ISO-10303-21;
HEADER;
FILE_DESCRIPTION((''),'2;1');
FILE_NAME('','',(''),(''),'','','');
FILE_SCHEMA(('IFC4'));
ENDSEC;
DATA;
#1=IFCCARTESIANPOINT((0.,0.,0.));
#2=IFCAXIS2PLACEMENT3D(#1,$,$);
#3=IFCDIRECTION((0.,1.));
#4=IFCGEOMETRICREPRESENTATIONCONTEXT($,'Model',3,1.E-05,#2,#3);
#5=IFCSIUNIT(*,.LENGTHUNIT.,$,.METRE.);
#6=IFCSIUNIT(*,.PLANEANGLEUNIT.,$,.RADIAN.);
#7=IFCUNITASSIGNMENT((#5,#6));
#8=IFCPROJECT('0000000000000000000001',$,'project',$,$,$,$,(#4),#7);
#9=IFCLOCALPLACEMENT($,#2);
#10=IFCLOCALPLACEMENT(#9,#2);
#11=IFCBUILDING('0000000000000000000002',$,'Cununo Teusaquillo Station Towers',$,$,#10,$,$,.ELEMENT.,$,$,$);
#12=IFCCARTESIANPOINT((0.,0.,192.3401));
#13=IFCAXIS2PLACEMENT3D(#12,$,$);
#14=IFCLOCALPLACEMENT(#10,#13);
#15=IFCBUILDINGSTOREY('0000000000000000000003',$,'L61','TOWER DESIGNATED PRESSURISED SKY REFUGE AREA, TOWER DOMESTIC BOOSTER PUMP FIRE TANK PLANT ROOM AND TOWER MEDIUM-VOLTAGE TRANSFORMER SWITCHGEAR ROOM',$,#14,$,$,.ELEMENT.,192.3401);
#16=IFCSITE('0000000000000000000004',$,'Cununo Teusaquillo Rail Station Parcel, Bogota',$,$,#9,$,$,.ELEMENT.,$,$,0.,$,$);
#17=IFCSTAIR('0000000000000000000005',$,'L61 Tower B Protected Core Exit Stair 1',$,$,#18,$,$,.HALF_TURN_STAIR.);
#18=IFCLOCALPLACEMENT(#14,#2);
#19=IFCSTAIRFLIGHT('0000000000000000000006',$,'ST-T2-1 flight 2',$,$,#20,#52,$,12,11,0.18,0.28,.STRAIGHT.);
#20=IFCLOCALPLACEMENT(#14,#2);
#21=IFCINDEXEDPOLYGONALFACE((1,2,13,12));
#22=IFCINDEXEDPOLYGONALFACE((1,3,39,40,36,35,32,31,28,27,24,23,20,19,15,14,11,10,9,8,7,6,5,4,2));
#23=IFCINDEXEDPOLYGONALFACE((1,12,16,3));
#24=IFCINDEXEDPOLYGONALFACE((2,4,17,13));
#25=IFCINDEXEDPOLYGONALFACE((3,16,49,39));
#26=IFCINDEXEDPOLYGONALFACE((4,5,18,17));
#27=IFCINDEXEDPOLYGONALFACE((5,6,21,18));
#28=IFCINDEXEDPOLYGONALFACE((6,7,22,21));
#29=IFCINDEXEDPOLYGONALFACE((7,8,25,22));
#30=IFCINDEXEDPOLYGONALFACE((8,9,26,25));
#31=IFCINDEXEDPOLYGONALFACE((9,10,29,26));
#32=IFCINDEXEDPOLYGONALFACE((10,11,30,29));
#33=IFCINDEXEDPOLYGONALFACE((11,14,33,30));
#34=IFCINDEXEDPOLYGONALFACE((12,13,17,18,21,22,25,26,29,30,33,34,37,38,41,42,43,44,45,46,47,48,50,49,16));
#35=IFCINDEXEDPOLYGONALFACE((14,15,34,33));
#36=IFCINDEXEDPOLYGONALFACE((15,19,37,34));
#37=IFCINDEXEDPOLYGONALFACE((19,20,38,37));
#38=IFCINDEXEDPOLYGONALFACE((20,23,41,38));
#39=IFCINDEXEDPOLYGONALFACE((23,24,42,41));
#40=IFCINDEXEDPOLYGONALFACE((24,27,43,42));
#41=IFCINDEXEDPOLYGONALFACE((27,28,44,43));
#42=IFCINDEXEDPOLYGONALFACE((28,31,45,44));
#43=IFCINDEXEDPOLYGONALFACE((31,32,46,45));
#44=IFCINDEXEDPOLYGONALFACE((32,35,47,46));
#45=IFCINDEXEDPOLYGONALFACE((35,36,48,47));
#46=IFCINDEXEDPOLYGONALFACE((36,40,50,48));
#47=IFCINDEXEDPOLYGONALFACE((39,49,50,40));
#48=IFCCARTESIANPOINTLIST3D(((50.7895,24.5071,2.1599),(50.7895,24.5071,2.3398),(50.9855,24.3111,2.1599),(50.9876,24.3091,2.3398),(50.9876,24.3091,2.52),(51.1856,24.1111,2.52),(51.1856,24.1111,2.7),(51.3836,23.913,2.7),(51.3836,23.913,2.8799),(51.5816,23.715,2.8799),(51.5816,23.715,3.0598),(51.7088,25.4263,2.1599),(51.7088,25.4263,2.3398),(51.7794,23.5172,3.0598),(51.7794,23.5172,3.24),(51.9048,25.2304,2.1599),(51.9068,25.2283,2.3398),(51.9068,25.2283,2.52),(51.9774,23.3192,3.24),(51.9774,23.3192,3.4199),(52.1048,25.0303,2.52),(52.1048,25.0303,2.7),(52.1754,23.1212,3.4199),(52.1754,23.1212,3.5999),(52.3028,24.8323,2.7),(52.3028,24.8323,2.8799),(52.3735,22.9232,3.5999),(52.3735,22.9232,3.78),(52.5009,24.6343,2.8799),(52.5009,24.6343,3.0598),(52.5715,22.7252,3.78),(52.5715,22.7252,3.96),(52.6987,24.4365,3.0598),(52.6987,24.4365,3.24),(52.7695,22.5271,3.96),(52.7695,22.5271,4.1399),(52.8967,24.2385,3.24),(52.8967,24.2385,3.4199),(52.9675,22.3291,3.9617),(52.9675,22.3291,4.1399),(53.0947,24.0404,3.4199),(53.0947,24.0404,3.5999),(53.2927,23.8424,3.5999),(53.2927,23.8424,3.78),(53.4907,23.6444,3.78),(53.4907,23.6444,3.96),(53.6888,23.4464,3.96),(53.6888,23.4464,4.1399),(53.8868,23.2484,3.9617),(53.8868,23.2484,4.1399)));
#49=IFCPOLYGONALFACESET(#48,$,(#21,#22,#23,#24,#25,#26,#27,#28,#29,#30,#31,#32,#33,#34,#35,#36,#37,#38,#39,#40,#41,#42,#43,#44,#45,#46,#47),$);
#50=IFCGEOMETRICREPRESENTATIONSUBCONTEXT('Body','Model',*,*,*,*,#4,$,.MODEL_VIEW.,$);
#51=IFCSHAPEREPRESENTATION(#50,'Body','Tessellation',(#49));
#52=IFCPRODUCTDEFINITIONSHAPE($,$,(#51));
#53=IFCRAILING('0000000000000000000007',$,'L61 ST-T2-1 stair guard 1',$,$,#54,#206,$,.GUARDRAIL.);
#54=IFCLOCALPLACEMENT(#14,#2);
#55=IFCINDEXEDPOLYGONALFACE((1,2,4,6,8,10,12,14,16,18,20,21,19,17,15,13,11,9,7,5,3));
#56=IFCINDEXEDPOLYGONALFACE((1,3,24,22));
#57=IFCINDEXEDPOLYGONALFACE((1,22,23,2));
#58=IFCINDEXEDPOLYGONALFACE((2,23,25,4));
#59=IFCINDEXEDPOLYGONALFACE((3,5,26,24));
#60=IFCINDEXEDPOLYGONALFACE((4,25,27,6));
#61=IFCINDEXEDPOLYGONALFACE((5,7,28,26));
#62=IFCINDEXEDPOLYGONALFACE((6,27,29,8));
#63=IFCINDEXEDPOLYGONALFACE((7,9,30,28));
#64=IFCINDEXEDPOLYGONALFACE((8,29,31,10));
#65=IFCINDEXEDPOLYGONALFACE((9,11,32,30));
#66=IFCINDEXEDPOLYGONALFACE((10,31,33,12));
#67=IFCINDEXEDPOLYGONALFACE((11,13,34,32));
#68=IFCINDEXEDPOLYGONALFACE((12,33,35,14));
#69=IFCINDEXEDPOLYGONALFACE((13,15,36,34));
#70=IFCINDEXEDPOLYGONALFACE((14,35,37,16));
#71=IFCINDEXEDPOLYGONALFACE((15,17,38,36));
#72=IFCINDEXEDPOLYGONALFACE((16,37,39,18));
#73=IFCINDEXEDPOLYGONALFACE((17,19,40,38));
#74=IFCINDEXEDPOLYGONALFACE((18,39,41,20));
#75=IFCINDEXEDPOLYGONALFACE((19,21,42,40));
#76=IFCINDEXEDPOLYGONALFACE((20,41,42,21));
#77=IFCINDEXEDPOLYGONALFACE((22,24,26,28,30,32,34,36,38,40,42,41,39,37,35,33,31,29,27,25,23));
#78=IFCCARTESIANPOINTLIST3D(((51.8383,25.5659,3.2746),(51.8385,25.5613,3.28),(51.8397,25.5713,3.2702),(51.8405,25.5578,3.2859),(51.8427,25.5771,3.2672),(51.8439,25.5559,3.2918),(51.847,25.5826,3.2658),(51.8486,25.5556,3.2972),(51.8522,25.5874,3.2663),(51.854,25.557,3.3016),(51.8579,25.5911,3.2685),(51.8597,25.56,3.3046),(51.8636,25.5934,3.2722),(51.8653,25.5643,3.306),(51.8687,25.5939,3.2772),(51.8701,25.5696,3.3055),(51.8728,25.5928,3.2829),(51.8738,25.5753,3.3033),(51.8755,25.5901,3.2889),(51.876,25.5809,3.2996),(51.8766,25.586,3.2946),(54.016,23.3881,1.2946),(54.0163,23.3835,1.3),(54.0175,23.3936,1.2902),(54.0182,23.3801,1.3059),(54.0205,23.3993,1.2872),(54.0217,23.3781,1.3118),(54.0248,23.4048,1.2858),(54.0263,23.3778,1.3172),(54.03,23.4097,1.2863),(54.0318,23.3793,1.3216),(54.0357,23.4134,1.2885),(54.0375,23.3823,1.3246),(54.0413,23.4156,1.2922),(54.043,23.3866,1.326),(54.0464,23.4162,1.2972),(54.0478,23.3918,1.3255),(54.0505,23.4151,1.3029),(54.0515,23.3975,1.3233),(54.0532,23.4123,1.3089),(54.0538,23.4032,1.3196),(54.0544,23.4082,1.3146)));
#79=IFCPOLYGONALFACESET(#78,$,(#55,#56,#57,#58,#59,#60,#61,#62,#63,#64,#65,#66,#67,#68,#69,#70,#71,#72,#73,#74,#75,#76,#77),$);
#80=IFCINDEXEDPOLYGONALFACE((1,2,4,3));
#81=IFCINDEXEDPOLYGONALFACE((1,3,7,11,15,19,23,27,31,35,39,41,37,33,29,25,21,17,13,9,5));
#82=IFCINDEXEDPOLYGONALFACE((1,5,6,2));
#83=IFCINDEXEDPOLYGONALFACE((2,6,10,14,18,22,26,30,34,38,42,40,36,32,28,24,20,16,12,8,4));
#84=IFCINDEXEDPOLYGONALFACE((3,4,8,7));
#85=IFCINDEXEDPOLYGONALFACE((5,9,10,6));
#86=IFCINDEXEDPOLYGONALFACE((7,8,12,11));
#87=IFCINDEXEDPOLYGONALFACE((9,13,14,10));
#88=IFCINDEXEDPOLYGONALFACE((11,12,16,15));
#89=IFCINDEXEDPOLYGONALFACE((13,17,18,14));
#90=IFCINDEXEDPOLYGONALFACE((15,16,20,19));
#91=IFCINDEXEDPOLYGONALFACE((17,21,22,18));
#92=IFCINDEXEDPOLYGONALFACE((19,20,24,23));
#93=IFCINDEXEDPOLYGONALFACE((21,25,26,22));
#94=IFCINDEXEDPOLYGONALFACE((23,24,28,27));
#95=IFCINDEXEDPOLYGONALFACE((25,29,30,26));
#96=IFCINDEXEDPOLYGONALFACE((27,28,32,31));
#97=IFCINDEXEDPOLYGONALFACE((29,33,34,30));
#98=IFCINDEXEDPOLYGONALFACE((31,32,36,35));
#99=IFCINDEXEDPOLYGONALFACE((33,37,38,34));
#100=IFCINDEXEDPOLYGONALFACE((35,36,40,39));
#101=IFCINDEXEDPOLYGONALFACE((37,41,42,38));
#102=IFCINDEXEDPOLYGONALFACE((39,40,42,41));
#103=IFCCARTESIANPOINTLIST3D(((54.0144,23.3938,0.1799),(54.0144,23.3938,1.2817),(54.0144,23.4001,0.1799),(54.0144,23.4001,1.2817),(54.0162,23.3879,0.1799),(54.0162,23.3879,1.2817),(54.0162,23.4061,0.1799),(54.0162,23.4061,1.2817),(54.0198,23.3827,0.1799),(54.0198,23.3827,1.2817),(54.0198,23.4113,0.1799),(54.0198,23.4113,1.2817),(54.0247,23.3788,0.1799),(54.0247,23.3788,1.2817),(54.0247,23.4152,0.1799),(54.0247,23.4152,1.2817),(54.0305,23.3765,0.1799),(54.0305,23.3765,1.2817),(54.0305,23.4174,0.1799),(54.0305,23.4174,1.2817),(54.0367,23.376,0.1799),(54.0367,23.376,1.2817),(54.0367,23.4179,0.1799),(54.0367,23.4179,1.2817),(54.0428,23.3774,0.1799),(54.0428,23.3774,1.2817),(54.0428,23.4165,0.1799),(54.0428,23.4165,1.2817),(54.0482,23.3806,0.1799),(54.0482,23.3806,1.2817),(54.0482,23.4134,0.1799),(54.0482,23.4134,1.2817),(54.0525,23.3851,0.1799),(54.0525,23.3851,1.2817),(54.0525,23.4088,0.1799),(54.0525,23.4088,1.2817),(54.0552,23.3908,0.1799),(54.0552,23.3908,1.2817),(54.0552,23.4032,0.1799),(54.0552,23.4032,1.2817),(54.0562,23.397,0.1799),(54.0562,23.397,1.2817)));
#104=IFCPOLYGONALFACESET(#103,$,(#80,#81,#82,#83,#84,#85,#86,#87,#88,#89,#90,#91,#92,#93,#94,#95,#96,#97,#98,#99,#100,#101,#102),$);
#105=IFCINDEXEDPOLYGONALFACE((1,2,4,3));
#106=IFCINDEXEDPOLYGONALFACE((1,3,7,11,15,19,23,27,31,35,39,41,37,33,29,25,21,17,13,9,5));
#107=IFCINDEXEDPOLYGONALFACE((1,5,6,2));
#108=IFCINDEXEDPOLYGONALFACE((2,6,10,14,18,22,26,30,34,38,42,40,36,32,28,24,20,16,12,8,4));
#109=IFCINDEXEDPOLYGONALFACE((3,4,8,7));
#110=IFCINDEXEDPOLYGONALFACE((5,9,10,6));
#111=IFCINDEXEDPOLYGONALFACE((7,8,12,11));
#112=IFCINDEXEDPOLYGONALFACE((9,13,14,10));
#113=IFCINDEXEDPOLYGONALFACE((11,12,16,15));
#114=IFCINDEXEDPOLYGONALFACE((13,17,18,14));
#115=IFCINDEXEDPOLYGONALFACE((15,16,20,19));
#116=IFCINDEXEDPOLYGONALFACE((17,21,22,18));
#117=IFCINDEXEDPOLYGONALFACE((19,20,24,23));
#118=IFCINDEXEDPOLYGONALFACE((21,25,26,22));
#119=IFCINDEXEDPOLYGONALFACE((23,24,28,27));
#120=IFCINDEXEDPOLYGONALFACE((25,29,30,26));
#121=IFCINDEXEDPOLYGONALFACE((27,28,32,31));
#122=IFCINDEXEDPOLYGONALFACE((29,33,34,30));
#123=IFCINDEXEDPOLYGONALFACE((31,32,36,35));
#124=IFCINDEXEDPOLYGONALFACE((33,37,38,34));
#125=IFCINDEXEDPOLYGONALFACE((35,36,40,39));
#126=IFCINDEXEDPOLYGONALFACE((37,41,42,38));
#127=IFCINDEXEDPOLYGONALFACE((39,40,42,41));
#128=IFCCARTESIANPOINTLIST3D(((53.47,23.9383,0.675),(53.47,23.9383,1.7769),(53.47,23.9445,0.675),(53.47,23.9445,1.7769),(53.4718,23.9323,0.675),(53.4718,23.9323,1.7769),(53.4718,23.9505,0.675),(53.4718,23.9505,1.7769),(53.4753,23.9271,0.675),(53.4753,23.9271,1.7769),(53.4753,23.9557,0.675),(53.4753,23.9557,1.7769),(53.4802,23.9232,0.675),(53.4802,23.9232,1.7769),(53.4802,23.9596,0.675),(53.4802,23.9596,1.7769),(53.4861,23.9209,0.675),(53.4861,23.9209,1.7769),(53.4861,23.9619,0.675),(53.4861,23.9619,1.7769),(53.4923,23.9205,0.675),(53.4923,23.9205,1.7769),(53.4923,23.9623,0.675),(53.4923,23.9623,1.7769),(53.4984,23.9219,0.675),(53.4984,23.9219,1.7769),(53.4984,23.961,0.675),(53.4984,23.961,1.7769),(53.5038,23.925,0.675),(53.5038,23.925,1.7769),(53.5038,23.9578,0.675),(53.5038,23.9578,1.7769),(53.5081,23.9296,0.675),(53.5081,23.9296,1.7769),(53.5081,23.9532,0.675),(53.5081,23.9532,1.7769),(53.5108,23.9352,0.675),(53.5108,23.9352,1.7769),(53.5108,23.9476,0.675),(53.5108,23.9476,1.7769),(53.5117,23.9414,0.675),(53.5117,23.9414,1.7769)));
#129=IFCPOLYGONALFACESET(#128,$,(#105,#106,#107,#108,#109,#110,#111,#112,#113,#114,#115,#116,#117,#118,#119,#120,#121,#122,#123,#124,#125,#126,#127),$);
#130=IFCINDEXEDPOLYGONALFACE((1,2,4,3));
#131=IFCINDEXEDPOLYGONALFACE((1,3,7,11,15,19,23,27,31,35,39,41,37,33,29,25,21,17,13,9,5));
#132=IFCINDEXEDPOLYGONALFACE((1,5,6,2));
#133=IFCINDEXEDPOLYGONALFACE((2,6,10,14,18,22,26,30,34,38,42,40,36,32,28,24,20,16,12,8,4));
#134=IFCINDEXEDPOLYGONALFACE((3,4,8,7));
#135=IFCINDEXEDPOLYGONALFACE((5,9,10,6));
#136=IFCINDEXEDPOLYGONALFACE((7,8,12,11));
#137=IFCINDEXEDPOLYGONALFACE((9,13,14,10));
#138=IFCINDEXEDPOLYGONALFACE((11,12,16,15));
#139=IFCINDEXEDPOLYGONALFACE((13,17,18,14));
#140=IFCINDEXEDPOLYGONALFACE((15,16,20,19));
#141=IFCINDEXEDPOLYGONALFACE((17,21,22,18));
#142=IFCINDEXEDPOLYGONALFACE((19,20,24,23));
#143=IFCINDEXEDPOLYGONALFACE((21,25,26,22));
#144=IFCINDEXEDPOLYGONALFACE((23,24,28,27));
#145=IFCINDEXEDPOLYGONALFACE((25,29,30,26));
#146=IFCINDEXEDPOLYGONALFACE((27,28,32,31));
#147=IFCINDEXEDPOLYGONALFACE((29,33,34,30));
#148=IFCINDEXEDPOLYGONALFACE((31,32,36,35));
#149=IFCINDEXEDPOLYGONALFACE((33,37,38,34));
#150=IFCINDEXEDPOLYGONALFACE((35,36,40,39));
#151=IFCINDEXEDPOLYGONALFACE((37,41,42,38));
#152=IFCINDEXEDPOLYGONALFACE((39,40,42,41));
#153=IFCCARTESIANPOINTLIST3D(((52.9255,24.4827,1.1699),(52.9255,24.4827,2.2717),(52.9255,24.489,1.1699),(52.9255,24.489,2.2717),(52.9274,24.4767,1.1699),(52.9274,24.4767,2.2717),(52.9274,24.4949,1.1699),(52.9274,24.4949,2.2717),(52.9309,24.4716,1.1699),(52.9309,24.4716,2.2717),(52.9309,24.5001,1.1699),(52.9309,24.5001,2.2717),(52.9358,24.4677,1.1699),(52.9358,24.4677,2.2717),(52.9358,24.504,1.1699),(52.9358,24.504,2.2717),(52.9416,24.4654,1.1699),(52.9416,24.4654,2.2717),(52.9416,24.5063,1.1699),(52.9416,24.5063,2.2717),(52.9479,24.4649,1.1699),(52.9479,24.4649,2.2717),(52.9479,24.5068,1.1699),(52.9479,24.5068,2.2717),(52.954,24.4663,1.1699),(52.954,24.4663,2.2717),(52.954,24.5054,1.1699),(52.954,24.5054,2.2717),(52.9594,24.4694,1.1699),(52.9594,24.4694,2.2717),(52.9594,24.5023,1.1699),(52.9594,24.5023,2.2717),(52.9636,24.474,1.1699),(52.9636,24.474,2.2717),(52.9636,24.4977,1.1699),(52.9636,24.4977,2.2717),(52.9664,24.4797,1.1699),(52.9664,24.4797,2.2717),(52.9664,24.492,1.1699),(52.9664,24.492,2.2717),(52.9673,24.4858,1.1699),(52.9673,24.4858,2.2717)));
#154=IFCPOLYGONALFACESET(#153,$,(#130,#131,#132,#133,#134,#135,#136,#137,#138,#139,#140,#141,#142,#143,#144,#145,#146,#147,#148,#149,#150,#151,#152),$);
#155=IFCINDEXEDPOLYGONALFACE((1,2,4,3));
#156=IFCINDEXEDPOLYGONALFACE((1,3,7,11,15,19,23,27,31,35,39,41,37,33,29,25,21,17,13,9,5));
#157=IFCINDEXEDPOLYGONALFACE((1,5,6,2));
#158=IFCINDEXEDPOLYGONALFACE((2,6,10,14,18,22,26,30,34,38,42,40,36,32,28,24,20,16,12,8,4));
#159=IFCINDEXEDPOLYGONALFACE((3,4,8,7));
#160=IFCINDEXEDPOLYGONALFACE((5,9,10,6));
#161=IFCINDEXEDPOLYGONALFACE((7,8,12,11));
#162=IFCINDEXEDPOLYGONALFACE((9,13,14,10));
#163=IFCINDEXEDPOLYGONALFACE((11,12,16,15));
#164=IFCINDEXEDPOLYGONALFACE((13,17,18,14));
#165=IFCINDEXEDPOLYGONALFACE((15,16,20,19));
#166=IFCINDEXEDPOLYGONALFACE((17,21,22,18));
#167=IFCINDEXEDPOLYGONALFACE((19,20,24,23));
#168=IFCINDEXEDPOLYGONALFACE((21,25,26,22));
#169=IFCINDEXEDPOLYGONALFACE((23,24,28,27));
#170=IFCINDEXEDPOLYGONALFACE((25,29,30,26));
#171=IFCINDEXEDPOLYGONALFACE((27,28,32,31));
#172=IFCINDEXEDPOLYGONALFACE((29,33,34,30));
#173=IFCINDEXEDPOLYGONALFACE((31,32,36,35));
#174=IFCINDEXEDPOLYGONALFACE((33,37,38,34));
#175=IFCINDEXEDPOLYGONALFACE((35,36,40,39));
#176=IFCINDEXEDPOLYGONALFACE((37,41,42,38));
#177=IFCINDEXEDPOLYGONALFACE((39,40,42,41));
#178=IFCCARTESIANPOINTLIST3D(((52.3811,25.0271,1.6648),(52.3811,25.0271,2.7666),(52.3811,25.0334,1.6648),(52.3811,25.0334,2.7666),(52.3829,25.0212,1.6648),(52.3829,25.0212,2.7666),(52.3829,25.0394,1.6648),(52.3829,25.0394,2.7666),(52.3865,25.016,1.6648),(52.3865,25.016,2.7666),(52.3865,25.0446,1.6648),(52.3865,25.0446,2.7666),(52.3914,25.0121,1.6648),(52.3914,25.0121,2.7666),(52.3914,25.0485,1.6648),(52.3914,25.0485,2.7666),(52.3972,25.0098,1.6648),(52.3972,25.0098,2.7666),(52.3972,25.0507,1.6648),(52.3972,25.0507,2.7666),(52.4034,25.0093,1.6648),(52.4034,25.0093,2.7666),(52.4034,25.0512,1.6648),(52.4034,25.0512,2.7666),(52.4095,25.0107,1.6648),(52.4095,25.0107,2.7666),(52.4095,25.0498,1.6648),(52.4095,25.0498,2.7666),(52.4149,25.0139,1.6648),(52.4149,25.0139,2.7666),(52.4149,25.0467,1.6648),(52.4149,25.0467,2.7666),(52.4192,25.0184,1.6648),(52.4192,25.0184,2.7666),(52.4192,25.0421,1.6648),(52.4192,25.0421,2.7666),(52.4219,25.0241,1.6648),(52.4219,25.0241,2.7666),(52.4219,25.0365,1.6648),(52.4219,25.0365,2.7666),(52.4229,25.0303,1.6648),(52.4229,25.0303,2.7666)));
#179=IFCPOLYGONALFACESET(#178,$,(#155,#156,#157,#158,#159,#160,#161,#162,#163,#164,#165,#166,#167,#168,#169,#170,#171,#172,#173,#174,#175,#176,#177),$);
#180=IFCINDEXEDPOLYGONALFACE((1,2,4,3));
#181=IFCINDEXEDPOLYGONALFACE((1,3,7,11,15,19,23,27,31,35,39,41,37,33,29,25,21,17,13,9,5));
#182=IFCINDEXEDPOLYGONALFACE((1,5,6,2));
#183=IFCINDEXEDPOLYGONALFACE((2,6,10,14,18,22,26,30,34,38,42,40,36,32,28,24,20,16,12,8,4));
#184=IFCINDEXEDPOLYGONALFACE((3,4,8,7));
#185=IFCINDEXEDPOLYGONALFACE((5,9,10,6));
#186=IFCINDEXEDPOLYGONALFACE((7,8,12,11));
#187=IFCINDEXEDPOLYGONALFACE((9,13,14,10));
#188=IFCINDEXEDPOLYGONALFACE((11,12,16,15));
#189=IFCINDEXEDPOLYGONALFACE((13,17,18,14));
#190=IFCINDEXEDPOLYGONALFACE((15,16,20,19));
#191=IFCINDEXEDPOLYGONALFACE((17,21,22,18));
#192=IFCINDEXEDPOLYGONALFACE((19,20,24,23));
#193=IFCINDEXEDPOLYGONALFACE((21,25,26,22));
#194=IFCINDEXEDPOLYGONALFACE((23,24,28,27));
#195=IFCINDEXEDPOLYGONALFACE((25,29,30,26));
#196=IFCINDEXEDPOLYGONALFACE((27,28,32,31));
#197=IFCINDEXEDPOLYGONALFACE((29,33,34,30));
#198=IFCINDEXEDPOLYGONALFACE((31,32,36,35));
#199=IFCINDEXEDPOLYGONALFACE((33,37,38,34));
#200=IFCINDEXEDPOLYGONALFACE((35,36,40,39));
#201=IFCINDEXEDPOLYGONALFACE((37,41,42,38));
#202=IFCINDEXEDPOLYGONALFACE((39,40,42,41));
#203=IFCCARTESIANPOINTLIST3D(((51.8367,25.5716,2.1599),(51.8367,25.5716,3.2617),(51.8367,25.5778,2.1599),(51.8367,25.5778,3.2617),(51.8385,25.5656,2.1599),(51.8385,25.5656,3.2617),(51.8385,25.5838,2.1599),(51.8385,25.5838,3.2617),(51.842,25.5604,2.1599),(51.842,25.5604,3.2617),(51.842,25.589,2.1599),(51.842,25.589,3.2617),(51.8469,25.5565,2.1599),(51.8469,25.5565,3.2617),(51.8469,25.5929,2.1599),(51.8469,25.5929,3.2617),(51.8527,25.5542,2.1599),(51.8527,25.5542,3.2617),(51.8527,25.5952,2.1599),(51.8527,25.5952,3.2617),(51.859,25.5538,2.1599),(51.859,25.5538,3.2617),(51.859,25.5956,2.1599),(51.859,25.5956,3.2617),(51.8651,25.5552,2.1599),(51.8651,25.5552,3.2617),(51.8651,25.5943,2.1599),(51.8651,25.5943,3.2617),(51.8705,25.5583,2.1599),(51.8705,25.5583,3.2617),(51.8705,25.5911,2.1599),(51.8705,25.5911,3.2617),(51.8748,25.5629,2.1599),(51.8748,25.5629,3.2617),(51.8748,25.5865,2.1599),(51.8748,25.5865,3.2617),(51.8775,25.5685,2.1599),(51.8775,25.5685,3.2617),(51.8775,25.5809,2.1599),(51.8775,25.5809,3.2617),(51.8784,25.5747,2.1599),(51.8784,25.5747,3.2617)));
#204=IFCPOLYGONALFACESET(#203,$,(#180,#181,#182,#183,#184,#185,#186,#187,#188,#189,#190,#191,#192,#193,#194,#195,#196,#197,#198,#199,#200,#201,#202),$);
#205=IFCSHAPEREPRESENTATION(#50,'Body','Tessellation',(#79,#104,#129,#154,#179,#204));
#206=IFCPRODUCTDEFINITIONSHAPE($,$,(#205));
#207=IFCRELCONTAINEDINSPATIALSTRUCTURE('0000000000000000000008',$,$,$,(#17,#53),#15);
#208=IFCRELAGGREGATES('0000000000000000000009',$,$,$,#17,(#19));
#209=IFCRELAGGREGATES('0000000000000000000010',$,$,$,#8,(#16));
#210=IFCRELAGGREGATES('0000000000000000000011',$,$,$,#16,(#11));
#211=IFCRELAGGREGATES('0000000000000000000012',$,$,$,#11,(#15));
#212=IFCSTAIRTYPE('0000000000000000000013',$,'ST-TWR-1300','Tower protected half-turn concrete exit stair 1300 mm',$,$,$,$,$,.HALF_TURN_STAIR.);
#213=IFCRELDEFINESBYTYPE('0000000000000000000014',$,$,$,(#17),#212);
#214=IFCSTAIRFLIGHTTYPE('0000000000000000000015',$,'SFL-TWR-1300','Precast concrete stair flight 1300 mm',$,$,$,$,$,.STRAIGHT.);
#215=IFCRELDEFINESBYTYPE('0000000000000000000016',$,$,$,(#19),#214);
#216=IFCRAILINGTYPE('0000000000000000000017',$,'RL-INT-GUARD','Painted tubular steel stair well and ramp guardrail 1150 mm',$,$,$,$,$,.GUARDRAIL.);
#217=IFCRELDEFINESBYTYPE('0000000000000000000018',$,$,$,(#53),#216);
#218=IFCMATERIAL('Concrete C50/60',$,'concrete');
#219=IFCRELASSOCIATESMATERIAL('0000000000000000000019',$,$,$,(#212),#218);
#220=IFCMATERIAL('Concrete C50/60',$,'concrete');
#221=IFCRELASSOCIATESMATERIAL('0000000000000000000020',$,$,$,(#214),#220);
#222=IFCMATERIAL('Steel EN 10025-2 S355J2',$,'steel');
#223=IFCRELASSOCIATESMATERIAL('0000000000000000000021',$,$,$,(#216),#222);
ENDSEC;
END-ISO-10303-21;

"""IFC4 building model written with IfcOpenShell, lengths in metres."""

from ifc_helpers import new_model, si_unit, direction, frame, origin, origin_2d, place, context, subcontext, project, spatial, polyline, circle, outline, extrude, material, type_object, element, aggregate, save


model = new_model("IFC4")

# Units and contexts
model_context = context("Model", 3, precision=1e-05, world=origin(), true_north=direction((0.0, 1.0)))
body_context = subcontext(model_context, "Body", "Model", "MODEL_VIEW")
ifc_project = project(units=[si_unit("LENGTHUNIT", "METRE"), si_unit("PLANEANGLEUNIT", "RADIAN")], contexts=[model_context])

# Site, building, storey
site_placement = place(None, origin())
site = spatial("IfcSite", under=ifc_project, at=site_placement, Name="Cununo Teusaquillo Rail Station Parcel, Bogota", CompositionType="ELEMENT", RefElevation=0.0)
building_placement = place(site_placement, origin())
building = spatial("IfcBuilding", under=site, at=building_placement, Name="Cununo Teusaquillo Station Towers", CompositionType="ELEMENT")
storey_placement = place(building_placement, frame((0.0, 0.0, 192.3401)))
storey = spatial("IfcBuildingStorey", under=building, at=storey_placement, Name="L61", Description="TOWER DESIGNATED PRESSURISED SKY REFUGE AREA, TOWER DOMESTIC BOOSTER PUMP FIRE TANK PLANT ROOM AND TOWER MEDIUM-VOLTAGE TRANSFORMER SWITCHGEAR ROOM", CompositionType="ELEMENT", Elevation=192.3401)

# Stair, stair flight
ifc_material_1 = material(Name="Concrete C50/60", Category="concrete")
stair_type = type_object("IfcStairType", Name="ST-TWR-1300", Description="Tower protected half-turn concrete exit stair 1300 mm", PredefinedType="HALF_TURN_STAIR", material=ifc_material_1)
stair_placement = place(storey_placement, origin())
stair = element("IfcStair", 1, at=stair_placement, inside=storey, type_object=stair_type, Name="L61 Tower B Protected Core Exit Stair 1", PredefinedType="HALF_TURN_STAIR")
ifc_material_2 = material(Name="Concrete C50/60", Category="concrete")
stair_flight_type = type_object("IfcStairFlightType", Name="SFL-TWR-1300", Description="Precast concrete stair flight 1300 mm", PredefinedType="STRAIGHT", material=ifc_material_2)
stair_flight_1_placement = place(storey_placement, frame((51.2493, 24.9668, 2.1599), z_axis=(0.0, 0.0, 1.0), x_axis=(0.707107, -0.707107, 0.0)))
stair_flight_1 = element("IfcStairFlight", 2, at=stair_flight_1_placement, type_object=stair_flight_type, Name="ST-T2-1 flight 2", NumberOfRisers=12, NumberOfTreads=11, PredefinedType="STRAIGHT", RiserHeight=0.18, TreadLength=0.28, context=body_context, shape_type="SweptSolid", body=[
    extrude(outline(polyline([(0.0, 0.0), (0.0, 0.1799), (0.28, 0.1799), (0.28, 0.3601), (0.5601, 0.3601), (0.5601, 0.54), (0.8401, 0.54), (0.8401, 0.72), (1.1201, 0.72), (1.1201, 0.8999), (1.3999, 0.8999), (1.3999, 1.0801), (1.6799, 1.0801), (1.6799, 1.26), (1.96, 1.26), (1.96, 1.4399), (2.24, 1.4399), (2.24, 1.6201), (2.52, 1.6201), (2.52, 1.8), (2.8, 1.8), (2.8, 1.98), (3.0801, 1.98), (3.0801, 2.1599), (3.0801, 1.8018), (0.2771, 0.0), (0.0, 0.0)])), frame((0.0, 0.6499, 0.0), z_axis=(0.0, -1.0, 0.0), x_axis=(1.0, 0.0, 0.0)), (0.0, 0.0, 1.0), 1.3),
])
aggregate(stair, [stair_flight_1])

# Railing
ifc_material_3 = material(Name="Steel EN 10025-2 S355J2", Category="steel")
railing_type_1 = type_object("IfcRailingType", Name="RL-INT-GUARD", Description="Painted tubular steel stair well and ramp guardrail 1150 mm", PredefinedType="GUARDRAIL", material=ifc_material_3)
railing_1_placement = place(storey_placement, frame((54.0352, 23.397, 0.1799)))
element("IfcRailing", 3, at=railing_1_placement, inside=storey, type_object=railing_type_1, Name="L61 ST-T2-1 stair guard 1", PredefinedType="GUARDRAIL", context=body_context, shape_type="SweptSolid", body=[
    extrude(circle(Radius=0.0239, at=origin_2d()), frame((0.0, 0.0, 1.126), z_axis=(-0.594792, 0.594792, 0.540781), x_axis=(-0.707107, -0.707107, 0.0)), (0.0, 0.0, 1.0), 3.6614),
    extrude(circle(Radius=0.021, at=origin_2d()), origin(), (0.0, 0.0, 1.0), 1.1018),
    extrude(circle(Radius=0.021, at=origin_2d()), frame((-0.5444, 0.5444, 0.4951)), (0.0, 0.0, 1.0), 1.1018),
    extrude(circle(Radius=0.021, at=origin_2d()), frame((-1.0889, 1.0889, 0.99)), (0.0, 0.0, 1.0), 1.1018),
    extrude(circle(Radius=0.021, at=origin_2d()), frame((-1.6333, 1.6333, 1.4849)), (0.0, 0.0, 1.0), 1.1018),
    extrude(circle(Radius=0.021, at=origin_2d()), frame((-2.1777, 2.1777, 1.98)), (0.0, 0.0, 1.0), 1.1018),
])

save(model, "model.ifc")
